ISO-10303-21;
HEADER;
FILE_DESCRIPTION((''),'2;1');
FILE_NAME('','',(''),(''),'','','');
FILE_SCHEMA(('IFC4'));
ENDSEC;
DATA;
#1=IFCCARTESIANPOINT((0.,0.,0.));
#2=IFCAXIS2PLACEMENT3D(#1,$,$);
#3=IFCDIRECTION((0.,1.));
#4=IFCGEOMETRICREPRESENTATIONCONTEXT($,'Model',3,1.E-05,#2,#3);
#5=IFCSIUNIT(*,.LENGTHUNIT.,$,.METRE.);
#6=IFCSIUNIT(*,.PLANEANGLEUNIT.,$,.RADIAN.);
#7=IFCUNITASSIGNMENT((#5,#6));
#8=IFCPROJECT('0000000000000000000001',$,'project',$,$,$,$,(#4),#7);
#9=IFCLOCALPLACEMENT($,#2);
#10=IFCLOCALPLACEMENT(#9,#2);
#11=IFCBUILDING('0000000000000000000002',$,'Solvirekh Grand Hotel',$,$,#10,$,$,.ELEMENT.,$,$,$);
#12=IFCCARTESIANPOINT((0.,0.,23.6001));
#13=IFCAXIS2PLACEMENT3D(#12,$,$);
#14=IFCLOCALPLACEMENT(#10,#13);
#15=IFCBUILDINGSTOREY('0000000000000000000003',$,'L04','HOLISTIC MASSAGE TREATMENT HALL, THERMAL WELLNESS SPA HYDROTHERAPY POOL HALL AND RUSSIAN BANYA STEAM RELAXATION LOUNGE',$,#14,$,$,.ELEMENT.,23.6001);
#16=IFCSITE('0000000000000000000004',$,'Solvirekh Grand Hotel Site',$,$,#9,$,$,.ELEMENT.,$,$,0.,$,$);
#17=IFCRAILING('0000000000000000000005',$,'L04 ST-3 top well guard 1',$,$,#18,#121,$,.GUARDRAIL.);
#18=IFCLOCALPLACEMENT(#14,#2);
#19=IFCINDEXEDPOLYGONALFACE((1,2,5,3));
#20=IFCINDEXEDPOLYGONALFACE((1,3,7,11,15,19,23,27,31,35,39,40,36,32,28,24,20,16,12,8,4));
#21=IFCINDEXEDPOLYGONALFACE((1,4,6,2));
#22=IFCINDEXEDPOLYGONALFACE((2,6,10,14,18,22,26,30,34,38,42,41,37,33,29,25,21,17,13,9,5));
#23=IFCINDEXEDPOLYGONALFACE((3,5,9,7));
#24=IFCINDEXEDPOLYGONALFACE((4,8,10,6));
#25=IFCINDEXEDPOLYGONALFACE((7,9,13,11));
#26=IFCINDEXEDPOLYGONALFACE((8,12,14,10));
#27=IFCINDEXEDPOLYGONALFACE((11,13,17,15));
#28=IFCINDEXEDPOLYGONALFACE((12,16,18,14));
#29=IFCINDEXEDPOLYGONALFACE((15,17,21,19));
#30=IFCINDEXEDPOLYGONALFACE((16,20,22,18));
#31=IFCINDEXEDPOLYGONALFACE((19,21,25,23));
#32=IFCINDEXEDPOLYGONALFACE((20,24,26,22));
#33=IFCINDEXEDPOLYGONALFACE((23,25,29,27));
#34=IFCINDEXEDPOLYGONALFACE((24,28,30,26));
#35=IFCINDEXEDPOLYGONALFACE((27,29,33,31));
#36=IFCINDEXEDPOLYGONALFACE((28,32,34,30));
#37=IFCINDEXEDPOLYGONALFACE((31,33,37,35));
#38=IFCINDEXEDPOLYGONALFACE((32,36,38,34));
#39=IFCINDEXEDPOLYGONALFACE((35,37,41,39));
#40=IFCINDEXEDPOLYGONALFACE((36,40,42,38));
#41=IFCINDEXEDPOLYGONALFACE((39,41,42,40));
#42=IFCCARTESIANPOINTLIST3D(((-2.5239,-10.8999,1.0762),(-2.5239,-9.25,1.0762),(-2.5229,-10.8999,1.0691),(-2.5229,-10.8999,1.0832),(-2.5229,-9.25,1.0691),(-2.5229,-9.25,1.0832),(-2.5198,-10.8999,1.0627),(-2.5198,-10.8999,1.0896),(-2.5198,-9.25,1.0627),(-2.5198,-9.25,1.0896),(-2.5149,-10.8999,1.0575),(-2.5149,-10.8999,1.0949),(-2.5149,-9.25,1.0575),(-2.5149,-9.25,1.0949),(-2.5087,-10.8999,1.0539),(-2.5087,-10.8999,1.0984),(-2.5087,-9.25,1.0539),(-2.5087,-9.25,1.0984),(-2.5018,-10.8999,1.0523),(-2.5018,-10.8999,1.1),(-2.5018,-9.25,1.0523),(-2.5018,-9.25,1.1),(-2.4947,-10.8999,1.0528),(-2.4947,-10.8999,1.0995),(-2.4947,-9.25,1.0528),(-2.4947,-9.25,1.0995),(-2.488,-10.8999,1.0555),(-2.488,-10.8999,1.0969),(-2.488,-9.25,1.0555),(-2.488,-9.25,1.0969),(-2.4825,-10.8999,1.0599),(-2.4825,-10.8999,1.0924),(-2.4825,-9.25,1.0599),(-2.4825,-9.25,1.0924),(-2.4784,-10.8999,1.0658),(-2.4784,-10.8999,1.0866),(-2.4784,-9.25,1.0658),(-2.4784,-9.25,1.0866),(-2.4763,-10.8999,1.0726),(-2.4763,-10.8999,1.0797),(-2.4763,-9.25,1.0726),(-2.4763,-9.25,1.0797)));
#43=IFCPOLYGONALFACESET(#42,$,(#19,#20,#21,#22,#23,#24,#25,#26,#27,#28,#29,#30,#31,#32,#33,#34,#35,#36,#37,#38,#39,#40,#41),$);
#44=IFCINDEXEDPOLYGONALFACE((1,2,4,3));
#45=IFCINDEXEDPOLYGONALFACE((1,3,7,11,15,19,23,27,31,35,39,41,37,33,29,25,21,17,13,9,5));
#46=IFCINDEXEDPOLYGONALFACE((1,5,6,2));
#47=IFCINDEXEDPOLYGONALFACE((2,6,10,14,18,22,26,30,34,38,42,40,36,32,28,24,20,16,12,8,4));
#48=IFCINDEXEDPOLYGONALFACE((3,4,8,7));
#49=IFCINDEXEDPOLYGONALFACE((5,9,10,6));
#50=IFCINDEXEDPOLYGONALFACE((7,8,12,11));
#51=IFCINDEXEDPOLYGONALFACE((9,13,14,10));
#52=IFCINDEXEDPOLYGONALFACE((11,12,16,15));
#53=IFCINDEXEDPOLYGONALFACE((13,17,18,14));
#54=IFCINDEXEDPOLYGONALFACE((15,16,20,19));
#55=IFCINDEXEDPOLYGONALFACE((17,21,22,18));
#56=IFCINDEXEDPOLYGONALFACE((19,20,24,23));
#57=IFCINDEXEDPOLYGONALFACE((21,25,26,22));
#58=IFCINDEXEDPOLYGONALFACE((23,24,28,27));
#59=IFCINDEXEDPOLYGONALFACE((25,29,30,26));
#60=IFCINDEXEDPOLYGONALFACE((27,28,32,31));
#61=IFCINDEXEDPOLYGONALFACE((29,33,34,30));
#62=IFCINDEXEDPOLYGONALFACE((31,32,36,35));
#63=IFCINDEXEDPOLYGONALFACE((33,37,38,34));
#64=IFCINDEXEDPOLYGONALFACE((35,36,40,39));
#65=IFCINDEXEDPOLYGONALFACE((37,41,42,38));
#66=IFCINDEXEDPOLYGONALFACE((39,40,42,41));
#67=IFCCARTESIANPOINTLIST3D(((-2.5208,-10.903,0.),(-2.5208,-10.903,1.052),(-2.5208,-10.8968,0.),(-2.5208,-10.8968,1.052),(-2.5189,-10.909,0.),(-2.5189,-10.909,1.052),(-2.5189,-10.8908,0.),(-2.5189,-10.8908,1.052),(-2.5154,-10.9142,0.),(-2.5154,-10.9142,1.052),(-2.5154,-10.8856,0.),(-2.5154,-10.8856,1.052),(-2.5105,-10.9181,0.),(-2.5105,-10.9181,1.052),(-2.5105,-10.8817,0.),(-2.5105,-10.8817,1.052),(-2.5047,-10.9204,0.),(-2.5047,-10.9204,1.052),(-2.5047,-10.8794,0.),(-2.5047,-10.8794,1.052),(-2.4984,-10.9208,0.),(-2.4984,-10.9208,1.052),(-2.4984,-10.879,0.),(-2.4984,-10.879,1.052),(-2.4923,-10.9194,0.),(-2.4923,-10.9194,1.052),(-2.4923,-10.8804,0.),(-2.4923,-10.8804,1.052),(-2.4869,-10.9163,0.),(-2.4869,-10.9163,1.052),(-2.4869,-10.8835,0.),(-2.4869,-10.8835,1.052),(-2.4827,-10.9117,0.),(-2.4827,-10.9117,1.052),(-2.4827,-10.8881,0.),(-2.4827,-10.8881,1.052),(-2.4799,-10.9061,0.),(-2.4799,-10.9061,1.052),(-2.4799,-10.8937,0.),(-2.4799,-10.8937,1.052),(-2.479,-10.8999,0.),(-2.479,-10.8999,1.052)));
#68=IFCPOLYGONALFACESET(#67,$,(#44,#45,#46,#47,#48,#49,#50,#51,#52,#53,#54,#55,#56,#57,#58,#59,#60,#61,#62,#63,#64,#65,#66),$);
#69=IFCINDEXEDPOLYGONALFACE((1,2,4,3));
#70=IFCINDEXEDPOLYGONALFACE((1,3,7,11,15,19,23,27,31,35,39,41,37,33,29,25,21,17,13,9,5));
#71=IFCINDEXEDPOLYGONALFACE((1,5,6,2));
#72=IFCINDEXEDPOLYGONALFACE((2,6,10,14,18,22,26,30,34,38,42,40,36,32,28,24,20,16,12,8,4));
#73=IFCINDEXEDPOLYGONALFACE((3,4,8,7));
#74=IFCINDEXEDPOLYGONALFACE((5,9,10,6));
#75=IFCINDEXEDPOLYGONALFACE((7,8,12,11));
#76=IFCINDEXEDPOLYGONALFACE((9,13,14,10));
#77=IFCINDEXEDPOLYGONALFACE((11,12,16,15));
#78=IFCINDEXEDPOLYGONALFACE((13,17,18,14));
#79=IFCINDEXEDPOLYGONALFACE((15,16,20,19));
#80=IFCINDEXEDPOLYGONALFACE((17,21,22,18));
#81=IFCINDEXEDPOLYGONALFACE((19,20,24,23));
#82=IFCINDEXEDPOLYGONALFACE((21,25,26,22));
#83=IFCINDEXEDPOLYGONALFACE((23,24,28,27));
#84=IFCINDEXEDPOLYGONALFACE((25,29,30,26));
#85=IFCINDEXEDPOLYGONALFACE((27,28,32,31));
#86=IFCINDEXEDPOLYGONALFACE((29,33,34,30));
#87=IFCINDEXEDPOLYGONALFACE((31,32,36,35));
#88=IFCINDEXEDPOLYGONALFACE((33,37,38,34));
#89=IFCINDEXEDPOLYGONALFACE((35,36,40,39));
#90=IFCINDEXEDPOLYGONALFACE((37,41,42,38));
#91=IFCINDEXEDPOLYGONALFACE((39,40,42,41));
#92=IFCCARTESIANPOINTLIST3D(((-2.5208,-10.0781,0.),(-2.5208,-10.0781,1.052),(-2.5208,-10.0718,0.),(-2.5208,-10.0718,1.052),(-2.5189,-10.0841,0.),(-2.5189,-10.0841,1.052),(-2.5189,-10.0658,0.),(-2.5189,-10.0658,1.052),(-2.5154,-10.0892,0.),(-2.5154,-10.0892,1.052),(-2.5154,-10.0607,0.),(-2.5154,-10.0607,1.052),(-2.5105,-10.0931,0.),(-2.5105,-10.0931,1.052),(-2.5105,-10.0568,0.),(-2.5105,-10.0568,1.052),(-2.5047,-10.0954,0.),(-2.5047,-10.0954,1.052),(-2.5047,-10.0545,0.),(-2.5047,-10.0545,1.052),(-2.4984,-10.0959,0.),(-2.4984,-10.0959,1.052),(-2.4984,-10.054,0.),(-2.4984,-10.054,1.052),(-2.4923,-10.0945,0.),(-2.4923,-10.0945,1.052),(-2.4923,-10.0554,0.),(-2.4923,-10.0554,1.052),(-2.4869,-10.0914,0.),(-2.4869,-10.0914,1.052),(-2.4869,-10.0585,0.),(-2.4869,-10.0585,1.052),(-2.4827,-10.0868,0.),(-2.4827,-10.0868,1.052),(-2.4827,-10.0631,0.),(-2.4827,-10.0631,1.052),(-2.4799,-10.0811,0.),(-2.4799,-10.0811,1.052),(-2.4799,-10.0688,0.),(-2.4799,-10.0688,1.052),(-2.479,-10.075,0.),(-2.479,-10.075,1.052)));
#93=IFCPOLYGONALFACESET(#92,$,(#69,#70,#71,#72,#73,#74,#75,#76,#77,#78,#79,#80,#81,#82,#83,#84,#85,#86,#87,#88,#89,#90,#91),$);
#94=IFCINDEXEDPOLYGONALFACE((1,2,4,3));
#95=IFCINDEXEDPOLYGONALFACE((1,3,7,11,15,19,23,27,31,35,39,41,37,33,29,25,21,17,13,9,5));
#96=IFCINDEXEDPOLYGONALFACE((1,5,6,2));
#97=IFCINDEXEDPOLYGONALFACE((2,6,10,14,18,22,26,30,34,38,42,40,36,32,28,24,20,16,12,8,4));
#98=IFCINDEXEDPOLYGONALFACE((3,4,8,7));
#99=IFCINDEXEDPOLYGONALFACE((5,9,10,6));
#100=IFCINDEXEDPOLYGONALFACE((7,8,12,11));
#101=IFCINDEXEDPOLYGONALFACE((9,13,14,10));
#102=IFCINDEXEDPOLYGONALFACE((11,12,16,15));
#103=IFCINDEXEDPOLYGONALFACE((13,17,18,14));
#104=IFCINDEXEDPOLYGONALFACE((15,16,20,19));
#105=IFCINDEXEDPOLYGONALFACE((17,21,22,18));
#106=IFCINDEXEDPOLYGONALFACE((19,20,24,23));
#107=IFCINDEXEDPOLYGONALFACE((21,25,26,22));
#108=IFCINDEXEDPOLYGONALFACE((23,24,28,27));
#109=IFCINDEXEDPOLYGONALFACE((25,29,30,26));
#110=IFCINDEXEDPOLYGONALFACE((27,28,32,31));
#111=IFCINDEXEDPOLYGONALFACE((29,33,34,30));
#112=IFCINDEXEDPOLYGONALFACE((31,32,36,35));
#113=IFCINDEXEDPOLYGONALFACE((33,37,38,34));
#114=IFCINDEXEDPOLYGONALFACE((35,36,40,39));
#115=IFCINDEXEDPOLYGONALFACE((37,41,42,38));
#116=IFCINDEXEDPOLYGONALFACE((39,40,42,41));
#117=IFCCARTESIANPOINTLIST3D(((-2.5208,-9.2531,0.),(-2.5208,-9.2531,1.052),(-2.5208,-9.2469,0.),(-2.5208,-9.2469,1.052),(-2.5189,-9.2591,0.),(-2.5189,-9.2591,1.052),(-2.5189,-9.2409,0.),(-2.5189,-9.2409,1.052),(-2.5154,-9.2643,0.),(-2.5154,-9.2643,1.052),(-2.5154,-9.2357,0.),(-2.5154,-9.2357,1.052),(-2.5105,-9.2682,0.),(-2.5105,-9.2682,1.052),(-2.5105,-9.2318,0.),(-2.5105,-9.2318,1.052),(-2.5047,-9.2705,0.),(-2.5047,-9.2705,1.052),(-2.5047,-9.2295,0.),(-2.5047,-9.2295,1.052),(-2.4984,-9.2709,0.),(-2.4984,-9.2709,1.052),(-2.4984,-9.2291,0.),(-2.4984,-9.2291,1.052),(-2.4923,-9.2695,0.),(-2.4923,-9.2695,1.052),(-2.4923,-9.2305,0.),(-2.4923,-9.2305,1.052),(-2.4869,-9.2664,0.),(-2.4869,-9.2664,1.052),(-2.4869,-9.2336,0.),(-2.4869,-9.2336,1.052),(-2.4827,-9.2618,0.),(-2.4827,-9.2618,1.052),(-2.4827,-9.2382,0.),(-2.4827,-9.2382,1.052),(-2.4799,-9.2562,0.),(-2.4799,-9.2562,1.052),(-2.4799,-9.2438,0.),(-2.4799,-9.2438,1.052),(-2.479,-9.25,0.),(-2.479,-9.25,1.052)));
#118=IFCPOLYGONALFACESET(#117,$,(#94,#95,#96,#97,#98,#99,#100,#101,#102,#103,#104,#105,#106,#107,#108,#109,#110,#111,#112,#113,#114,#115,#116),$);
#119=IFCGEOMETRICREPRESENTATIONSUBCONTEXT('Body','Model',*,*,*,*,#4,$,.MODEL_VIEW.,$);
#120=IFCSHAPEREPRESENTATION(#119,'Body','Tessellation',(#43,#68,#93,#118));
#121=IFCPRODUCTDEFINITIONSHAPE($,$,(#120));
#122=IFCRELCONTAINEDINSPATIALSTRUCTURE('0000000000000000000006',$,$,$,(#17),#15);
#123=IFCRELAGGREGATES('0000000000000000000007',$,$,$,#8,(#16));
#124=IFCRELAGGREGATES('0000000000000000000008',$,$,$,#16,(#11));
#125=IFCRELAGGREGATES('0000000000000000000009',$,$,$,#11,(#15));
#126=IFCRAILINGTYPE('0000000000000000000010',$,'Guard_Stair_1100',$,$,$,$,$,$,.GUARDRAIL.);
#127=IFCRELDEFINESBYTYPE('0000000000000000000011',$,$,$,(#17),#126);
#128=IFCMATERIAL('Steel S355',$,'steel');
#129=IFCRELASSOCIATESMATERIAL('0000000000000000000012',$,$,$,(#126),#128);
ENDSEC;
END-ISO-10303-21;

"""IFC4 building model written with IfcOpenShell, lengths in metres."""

from ifc_helpers import new_model, si_unit, direction, frame, origin, origin_2d, place, context, subcontext, project, spatial, circle, extrude, material, type_object, element, save


model = new_model("IFC4")

# Units and contexts
model_context = context("Model", 3, precision=1e-05, world=origin(), true_north=direction((0.0, 1.0)))
body_context = subcontext(model_context, "Body", "Model", "MODEL_VIEW")
ifc_project = project(units=[si_unit("LENGTHUNIT", "METRE"), si_unit("PLANEANGLEUNIT", "RADIAN")], contexts=[model_context])

# Site, building, storey
site_placement = place(None, origin())
site = spatial("IfcSite", under=ifc_project, at=site_placement, Name="Solvirekh Grand Hotel Site", CompositionType="ELEMENT", RefElevation=0.0)
building_placement = place(site_placement, origin())
building = spatial("IfcBuilding", under=site, at=building_placement, Name="Solvirekh Grand Hotel", CompositionType="ELEMENT")
storey_placement = place(building_placement, frame((0.0, 0.0, 23.6001)))
storey = spatial("IfcBuildingStorey", under=building, at=storey_placement, Name="L04", Description="HOLISTIC MASSAGE TREATMENT HALL, THERMAL WELLNESS SPA HYDROTHERAPY POOL HALL AND RUSSIAN BANYA STEAM RELAXATION LOUNGE", CompositionType="ELEMENT", Elevation=23.6001)

# Shared definitions
ifc_material_1 = material(Name="Steel S355", Category="steel")

# Railing
railing_type = type_object("IfcRailingType", Name="Guard_Stair_1100", PredefinedType="GUARDRAIL", material=ifc_material_1)
railing_placement = place(storey_placement, frame((-2.5, -10.8999, 0.0)))
element("IfcRailing", 1, at=railing_placement, inside=storey, type_object=railing_type, Name="L04 ST-3 top well guard 1", PredefinedType="GUARDRAIL", context=body_context, shape_type="SweptSolid", body=[
    extrude(circle(Radius=0.0239, at=origin_2d()), frame((0.0, 0.0, 1.0762), z_axis=(0.0, 1.0, 0.0), x_axis=(-1.0, 0.0, 0.0)), (0.0, 0.0, 1.0), 1.6499),
    extrude(circle(Radius=0.021, at=origin_2d()), origin(), (0.0, 0.0, 1.0), 1.052),
    extrude(circle(Radius=0.021, at=origin_2d()), frame((0.0, 0.825, 0.0)), (0.0, 0.0, 1.0), 1.052),
    extrude(circle(Radius=0.021, at=origin_2d()), frame((0.0, 1.6499, 0.0)), (0.0, 0.0, 1.0), 1.052),
])

save(model, "model.ifc")
